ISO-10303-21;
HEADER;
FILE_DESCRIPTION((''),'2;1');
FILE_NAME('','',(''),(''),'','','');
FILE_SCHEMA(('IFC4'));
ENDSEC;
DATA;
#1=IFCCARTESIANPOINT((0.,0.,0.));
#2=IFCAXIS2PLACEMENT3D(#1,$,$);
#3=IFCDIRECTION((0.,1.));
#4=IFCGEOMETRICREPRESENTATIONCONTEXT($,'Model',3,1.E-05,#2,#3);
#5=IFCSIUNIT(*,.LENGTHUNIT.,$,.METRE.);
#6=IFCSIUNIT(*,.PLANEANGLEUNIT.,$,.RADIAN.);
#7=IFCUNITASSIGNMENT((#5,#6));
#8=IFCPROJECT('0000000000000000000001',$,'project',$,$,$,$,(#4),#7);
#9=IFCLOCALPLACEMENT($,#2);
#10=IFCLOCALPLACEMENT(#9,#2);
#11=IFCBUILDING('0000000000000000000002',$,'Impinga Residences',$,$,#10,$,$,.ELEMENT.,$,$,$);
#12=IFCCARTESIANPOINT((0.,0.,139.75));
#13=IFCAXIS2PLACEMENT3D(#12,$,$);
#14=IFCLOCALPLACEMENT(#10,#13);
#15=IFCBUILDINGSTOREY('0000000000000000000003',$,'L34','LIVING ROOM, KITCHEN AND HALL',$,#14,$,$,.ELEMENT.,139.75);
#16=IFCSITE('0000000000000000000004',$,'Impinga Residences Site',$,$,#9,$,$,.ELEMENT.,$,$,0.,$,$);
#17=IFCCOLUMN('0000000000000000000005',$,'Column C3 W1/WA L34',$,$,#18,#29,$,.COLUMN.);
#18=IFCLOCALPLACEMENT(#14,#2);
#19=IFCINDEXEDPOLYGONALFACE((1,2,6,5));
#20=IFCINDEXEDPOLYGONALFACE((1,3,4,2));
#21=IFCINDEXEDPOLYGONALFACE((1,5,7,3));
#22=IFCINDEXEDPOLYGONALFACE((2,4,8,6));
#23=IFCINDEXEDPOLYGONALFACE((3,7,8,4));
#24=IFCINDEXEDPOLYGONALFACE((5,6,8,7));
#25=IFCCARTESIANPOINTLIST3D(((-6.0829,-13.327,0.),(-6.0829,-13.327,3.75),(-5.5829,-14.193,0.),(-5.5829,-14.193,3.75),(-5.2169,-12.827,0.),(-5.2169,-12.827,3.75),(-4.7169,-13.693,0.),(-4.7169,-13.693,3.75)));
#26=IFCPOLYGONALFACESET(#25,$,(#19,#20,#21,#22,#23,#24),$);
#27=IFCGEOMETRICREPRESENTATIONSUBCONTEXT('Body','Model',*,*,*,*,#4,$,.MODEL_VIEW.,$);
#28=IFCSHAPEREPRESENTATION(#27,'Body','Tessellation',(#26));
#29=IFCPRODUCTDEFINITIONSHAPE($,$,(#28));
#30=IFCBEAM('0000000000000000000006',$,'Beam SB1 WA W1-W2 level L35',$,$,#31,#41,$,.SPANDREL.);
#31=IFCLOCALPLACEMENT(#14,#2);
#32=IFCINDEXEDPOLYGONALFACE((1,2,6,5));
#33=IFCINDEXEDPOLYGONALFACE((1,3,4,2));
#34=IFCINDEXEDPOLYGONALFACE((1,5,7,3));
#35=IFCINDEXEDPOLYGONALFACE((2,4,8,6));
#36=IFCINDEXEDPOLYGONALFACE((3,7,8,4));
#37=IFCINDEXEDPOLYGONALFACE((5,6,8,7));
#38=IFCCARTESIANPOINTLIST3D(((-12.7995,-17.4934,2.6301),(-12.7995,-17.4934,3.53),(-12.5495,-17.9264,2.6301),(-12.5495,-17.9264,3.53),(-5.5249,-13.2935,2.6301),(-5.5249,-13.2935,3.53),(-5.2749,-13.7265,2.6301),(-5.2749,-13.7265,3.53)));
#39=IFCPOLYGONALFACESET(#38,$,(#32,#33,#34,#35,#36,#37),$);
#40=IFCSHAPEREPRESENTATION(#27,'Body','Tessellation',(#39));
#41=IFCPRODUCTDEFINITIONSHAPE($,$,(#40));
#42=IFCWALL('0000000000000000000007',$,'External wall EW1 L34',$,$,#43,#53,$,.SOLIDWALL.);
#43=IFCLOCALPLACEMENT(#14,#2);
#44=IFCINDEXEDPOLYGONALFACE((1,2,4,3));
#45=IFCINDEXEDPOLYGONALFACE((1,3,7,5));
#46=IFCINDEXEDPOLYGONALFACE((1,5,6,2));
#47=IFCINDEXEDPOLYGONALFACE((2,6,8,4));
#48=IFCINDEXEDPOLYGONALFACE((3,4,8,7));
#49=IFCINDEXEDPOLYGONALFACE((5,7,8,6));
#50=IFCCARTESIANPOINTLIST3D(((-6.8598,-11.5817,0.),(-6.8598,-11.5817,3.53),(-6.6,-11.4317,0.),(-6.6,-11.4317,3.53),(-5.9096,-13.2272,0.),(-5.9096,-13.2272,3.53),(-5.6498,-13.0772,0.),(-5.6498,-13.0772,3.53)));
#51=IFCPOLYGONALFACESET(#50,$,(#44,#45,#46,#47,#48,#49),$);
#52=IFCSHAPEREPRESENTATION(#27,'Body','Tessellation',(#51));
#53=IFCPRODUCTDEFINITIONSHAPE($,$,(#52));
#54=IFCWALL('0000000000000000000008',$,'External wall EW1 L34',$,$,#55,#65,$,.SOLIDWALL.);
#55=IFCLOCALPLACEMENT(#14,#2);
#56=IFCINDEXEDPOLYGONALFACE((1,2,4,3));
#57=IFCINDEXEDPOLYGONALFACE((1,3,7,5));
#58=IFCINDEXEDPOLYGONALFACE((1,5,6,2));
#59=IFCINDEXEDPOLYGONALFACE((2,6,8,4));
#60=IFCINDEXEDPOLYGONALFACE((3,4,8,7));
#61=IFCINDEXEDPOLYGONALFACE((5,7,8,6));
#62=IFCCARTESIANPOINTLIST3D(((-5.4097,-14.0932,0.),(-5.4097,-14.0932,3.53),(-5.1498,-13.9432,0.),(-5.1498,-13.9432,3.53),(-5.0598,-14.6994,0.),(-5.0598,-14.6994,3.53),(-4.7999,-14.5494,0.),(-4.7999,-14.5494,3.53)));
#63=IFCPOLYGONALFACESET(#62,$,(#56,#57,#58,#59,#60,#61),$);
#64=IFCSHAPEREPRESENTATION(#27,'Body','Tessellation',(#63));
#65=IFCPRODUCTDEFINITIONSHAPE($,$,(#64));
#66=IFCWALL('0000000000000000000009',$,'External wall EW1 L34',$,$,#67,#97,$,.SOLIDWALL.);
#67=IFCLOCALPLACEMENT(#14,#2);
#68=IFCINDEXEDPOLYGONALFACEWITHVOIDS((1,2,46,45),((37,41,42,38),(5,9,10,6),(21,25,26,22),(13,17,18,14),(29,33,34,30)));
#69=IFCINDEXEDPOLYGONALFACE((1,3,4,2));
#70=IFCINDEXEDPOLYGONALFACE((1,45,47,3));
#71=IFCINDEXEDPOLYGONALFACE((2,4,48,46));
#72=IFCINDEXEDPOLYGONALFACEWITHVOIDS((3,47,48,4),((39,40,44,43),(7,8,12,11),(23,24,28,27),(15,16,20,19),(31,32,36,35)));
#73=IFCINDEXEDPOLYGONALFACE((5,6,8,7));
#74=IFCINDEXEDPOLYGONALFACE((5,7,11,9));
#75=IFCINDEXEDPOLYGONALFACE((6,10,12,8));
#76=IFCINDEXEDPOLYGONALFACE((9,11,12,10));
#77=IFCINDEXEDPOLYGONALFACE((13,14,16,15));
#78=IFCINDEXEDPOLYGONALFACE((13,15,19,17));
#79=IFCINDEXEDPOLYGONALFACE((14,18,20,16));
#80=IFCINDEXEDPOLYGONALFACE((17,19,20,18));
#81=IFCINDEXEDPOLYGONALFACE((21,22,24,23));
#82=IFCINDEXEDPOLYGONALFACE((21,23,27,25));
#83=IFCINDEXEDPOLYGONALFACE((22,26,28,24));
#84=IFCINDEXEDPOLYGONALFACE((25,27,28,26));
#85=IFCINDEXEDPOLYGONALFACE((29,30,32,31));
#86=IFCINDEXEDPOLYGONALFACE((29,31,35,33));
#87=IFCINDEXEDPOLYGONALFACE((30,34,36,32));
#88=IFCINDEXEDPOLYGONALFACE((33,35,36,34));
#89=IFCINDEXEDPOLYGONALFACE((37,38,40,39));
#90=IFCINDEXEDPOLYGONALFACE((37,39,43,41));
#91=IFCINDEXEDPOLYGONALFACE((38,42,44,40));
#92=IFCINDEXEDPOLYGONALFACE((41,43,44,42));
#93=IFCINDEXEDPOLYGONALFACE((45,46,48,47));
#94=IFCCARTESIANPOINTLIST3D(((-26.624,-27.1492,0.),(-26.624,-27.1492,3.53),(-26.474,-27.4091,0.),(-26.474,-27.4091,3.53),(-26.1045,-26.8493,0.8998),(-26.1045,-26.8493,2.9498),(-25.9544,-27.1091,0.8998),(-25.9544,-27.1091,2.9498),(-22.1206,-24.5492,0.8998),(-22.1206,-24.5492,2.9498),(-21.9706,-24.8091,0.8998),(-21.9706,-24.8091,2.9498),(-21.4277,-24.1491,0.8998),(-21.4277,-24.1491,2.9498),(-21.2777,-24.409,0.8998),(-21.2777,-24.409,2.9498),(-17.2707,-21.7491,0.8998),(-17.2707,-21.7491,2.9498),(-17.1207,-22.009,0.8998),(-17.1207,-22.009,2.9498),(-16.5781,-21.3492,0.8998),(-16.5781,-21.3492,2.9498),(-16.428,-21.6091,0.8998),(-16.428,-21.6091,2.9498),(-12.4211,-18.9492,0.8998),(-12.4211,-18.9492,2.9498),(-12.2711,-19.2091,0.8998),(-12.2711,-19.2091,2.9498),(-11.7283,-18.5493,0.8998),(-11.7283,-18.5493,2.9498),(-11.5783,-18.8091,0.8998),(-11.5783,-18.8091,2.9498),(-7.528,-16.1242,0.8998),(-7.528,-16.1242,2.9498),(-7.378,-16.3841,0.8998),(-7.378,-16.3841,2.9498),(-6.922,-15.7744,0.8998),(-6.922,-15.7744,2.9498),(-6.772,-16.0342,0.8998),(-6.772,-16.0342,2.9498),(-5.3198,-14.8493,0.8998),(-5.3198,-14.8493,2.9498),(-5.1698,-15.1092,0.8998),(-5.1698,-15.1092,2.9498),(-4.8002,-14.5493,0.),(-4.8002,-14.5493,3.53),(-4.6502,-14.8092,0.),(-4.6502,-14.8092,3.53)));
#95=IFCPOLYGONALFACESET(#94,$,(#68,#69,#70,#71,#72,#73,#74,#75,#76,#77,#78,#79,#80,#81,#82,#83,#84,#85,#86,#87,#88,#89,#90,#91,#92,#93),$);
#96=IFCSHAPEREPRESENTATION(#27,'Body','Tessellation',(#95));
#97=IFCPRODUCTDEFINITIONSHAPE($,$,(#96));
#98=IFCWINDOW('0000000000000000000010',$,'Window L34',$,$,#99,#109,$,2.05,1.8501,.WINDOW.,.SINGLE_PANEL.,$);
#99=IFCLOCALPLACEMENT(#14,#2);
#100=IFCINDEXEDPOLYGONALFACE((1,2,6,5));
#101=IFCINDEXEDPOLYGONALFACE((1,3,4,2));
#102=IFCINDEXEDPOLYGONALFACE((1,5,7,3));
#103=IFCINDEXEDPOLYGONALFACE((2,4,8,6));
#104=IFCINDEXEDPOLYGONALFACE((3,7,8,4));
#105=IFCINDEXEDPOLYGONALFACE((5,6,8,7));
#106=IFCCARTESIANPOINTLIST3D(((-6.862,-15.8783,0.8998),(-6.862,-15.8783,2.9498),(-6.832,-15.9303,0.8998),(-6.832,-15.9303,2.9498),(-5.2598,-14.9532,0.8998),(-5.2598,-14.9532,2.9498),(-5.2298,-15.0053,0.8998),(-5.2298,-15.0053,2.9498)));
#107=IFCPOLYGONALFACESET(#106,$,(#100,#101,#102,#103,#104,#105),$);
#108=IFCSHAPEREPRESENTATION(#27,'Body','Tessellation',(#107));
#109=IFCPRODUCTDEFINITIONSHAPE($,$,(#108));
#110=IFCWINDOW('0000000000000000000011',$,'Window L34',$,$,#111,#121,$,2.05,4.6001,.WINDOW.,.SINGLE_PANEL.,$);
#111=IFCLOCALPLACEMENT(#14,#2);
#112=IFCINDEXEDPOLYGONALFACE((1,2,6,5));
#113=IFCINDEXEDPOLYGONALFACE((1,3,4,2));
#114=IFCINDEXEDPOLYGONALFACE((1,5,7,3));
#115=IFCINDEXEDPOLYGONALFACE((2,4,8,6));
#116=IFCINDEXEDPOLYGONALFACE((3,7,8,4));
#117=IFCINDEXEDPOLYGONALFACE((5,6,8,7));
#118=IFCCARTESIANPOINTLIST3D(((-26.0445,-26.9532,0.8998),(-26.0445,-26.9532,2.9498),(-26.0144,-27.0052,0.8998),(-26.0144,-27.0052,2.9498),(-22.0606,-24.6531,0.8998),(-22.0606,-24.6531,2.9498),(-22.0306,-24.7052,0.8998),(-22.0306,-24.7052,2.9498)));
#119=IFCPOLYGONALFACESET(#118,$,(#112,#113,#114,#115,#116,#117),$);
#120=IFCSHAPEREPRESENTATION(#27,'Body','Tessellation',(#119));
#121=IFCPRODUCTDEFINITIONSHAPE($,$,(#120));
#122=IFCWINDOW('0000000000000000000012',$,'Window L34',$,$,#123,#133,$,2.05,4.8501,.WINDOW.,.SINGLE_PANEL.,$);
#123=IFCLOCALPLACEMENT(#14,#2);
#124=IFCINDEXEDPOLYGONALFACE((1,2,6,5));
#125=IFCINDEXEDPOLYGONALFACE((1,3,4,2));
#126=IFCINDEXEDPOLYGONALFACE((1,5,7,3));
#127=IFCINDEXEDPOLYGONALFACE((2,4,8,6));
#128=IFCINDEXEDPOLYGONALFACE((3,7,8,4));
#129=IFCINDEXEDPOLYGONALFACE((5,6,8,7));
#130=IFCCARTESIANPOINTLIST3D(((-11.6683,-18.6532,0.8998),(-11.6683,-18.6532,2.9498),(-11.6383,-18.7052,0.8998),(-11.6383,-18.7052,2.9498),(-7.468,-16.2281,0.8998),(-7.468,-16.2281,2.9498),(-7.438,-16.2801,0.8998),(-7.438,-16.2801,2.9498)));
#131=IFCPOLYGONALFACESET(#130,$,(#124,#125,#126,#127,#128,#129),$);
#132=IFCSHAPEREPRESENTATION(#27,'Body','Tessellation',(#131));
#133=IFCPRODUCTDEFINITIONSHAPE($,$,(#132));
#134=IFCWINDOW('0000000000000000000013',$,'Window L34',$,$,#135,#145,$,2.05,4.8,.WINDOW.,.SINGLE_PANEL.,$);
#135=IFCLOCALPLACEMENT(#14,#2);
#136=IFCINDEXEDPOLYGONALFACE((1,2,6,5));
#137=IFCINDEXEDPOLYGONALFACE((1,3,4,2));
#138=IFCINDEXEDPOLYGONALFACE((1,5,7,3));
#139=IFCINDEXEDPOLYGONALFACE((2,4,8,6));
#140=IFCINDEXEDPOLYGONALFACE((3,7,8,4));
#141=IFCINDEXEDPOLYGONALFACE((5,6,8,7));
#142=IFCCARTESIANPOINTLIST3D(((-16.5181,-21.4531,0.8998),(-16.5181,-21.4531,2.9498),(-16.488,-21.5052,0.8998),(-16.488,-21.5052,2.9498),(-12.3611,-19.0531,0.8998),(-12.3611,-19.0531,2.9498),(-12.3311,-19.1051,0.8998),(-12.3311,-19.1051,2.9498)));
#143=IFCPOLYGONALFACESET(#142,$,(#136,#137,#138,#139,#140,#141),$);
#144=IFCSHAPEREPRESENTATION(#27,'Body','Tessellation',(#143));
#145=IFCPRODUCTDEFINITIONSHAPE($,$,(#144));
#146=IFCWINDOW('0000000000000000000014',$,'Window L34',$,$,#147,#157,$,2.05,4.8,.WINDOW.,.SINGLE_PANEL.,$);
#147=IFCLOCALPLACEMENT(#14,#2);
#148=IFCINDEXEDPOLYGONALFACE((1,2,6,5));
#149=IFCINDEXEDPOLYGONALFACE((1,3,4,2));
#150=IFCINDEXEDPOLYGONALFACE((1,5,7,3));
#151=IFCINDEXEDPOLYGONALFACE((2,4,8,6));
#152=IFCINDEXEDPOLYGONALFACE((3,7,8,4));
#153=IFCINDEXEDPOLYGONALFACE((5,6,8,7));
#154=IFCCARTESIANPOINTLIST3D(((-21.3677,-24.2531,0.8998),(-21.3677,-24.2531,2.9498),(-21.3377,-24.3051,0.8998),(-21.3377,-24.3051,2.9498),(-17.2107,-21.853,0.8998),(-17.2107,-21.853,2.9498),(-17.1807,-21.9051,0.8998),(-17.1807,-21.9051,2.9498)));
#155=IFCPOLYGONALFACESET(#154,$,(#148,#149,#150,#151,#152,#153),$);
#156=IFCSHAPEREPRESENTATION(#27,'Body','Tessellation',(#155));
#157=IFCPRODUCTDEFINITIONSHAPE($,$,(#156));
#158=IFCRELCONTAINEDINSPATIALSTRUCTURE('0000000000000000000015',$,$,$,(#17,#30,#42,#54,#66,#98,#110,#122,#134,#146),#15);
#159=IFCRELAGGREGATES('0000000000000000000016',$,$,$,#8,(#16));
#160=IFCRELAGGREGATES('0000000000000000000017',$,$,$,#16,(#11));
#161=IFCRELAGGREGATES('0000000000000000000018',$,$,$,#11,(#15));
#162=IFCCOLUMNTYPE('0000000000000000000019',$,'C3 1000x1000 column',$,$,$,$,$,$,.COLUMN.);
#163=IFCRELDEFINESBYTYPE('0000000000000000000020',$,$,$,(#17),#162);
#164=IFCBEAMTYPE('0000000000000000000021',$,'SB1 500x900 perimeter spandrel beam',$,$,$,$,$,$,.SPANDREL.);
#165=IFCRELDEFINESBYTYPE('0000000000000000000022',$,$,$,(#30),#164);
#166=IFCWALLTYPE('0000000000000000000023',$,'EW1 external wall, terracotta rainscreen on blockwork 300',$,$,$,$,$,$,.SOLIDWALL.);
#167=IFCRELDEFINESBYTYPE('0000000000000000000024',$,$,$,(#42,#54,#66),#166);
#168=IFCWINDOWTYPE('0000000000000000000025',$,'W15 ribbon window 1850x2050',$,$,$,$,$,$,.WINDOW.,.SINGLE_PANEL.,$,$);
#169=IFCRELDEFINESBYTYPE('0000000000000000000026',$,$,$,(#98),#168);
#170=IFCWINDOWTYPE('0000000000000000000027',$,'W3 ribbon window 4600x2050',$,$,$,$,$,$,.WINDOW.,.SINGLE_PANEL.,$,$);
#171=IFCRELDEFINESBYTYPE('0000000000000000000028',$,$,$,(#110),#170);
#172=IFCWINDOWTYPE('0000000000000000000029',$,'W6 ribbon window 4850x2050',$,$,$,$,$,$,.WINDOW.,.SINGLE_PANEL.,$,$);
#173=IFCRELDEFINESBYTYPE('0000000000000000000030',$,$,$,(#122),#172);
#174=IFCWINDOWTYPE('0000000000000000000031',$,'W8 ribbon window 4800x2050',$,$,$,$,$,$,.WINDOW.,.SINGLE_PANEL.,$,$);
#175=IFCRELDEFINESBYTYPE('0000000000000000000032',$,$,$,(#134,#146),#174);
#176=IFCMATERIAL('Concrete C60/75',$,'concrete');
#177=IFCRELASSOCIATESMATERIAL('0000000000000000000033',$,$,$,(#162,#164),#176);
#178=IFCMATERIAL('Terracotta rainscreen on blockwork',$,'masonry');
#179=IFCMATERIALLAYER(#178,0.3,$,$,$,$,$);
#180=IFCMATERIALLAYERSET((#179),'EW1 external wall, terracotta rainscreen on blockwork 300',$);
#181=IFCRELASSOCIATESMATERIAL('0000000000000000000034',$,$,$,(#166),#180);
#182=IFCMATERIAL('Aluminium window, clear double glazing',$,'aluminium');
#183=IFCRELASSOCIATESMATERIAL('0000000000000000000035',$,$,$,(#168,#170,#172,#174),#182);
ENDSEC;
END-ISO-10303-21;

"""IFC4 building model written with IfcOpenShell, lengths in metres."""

from ifc_helpers import new_model, si_unit, direction, frame, frame_2d, origin, origin_2d, place, context, subcontext, project, spatial, rectangle, extrude, material, layer, layer_set, material_profile, profile_set, type_object, element, fill, save


model = new_model("IFC4")

# Units and contexts
model_context = context("Model", 3, precision=1e-05, world=origin(), true_north=direction((0.0, 1.0)))
body_context = subcontext(model_context, "Body", "Model", "MODEL_VIEW")
ifc_project = project(units=[si_unit("LENGTHUNIT", "METRE"), si_unit("PLANEANGLEUNIT", "RADIAN")], contexts=[model_context])

# Site, building, storey
site_placement = place(None, origin())
site = spatial("IfcSite", under=ifc_project, at=site_placement, Name="Impinga Residences Site", CompositionType="ELEMENT", RefElevation=0.0)
building_placement = place(site_placement, origin())
building = spatial("IfcBuilding", under=site, at=building_placement, Name="Impinga Residences", CompositionType="ELEMENT")
storey_placement = place(building_placement, frame((0.0, 0.0, 139.75)))
storey = spatial("IfcBuildingStorey", under=building, at=storey_placement, Name="L34", Description="LIVING ROOM, KITCHEN AND HALL", CompositionType="ELEMENT", Elevation=139.75)

# Column
ifc_material_1 = material(Name="Concrete C60/75", Category="concrete")
ifc_material_profile_1 = material_profile(ifc_material_1, rectangle(XDim=1.0, YDim=1.0, at=origin_2d()), Name="RC 1000x1000")
ifc_profile_set_1 = profile_set([ifc_material_profile_1], Name="Concrete C60/75")
column_type = type_object("IfcColumnType", Name="C3 1000x1000 column", PredefinedType="COLUMN", material=ifc_profile_set_1)
column_placement = place(storey_placement, frame((-5.3999, -13.51, 0.0), z_axis=(0.0, 0.0, 1.0), x_axis=(-0.5, 0.866025, 0.0)))
element("IfcColumn", 1, at=column_placement, inside=storey, type_object=column_type, Name="Column C3 W1/WA L34", PredefinedType="COLUMN", context=body_context, shape_type="SweptSolid", body=[
    extrude(rectangle(XDim=1.0, YDim=1.0, at=origin_2d()), origin(), (0.0, 0.0, 1.0), 3.75),
])

# Beam
ifc_material_profile_2 = material_profile(ifc_material_1, rectangle(XDim=0.5, YDim=0.8999, at=origin_2d()), Name="RC 500x900")
ifc_profile_set_2 = profile_set([ifc_material_profile_2], Name="Concrete C60/75")
beam_type = type_object("IfcBeamType", Name="SB1 500x900 perimeter spandrel beam", PredefinedType="SPANDREL", material=ifc_profile_set_2)
beam_placement = place(storey_placement, frame((-5.3999, -13.51, 3.0801), z_axis=(-0.866029, -0.499993, 0.0), x_axis=(0.499993, -0.866029, 0.0)))
element("IfcBeam", 2, at=beam_placement, inside=storey, type_object=beam_type, Name="Beam SB1 WA W1-W2 level L35", PredefinedType="SPANDREL", context=body_context, shape_type="SweptSolid", body=[
    extrude(rectangle(XDim=0.5, YDim=0.8999, at=origin_2d()), origin(), (0.0, 0.0, 1.0), 8.3999),
])

# Walls
ifc_material_2 = material(Name="Terracotta rainscreen on blockwork", Category="masonry")
ifc_layer_1 = layer(ifc_material_2, 0.3)
ifc_layer_set_1 = layer_set([ifc_layer_1], Name="EW1 external wall, terracotta rainscreen on blockwork 300")
wall_type_1 = type_object("IfcWallType", Name="EW1 external wall, terracotta rainscreen on blockwork 300", PredefinedType="SOLIDWALL", material=ifc_layer_set_1)
wall_1_placement = place(storey_placement, frame((-6.73, -11.5066, 0.0), z_axis=(0.0, 0.0, 1.0), x_axis=(0.500064, -0.865989, 0.0)))
element("IfcWall", 3, at=wall_1_placement, inside=storey, type_object=wall_type_1, Name="External wall EW1 L34", PredefinedType="SOLIDWALL", context=body_context, shape_type="SweptSolid", body=[
    extrude(rectangle(XDim=1.9001, YDim=0.3, at=frame_2d((0.9502, 0.0))), origin(), (0.0, 0.0, 1.0), 3.53),
])
wall_2_placement = place(storey_placement, frame((-5.2798, -14.0181, 0.0), z_axis=(0.0, 0.0, 1.0), x_axis=(0.499853, -0.86611, 0.0)))
element("IfcWall", 4, at=wall_2_placement, inside=storey, type_object=wall_type_1, Name="External wall EW1 L34", PredefinedType="SOLIDWALL", context=body_context, shape_type="SweptSolid", body=[
    extrude(rectangle(XDim=0.7, YDim=0.3, at=frame_2d((0.3501, 0.0))), origin(), (0.0, 0.0, 1.0), 3.53),
])

# Wall, openings, windows
wall_3_placement = place(storey_placement, frame((-4.7251, -14.6792, 0.0), z_axis=(0.0, 0.0, 1.0), x_axis=(-0.866027, -0.499998, 0.0)))
wall_3 = element("IfcWall", 5, at=wall_3_placement, inside=storey, type_object=wall_type_1, Name="External wall EW1 L34", PredefinedType="SOLIDWALL", context=body_context, shape_type="SweptSolid", body=[
    extrude(rectangle(XDim=25.2, YDim=0.3, at=frame_2d((12.6001, 0.0))), origin(), (0.0, 0.0, 1.0), 3.53),
])
opening_1_placement = place(wall_3_placement, frame((0.6001, 0.0, 0.8999)))
opening_1 = element("IfcOpeningElement", 6, at=opening_1_placement, cuts=wall_3, PredefinedType="OPENING", context=body_context, shape_type="SweptSolid", body=[
    extrude(rectangle(XDim=1.8501, YDim=2.05, at=frame_2d((0.925, 1.0249))), frame((0.0, 0.1599, 0.0), z_axis=(0.0, -1.0, 0.0), x_axis=(1.0, 0.0, 0.0)), (0.0, 0.0, 1.0), 0.3201),
])
opening_2_placement = place(wall_3_placement, frame((3.1499, 0.0, 0.8999)))
opening_2 = element("IfcOpeningElement", 7, at=opening_2_placement, cuts=wall_3, PredefinedType="OPENING", context=body_context, shape_type="SweptSolid", body=[
    extrude(rectangle(XDim=4.8501, YDim=2.05, at=frame_2d((2.425, 1.0249))), frame((0.0, 0.1599, 0.0), z_axis=(0.0, -1.0, 0.0), x_axis=(1.0, 0.0, 0.0)), (0.0, 0.0, 1.0), 0.3201),
])
opening_3_placement = place(wall_3_placement, frame((8.8, 0.0, 0.8999)))
opening_3 = element("IfcOpeningElement", 8, at=opening_3_placement, cuts=wall_3, PredefinedType="OPENING", context=body_context, shape_type="SweptSolid", body=[
    extrude(rectangle(XDim=4.8, YDim=2.05, at=frame_2d((2.3999, 1.0249))), frame((0.0, 0.1599, 0.0), z_axis=(0.0, -1.0, 0.0), x_axis=(1.0, 0.0, 0.0)), (0.0, 0.0, 1.0), 0.3201),
])
opening_4_placement = place(wall_3_placement, frame((14.3999, 0.0, 0.8999)))
opening_4 = element("IfcOpeningElement", 9, at=opening_4_placement, cuts=wall_3, PredefinedType="OPENING", context=body_context, shape_type="SweptSolid", body=[
    extrude(rectangle(XDim=4.8, YDim=2.05, at=frame_2d((2.3999, 1.0249))), frame((0.0, 0.1599, 0.0), z_axis=(0.0, -1.0, 0.0), x_axis=(1.0, 0.0, 0.0)), (0.0, 0.0, 1.0), 0.3201),
])
opening_5_placement = place(wall_3_placement, frame((20.0, 0.0, 0.8999)))
opening_5 = element("IfcOpeningElement", 10, at=opening_5_placement, cuts=wall_3, PredefinedType="OPENING", context=body_context, shape_type="SweptSolid", body=[
    extrude(rectangle(XDim=4.6001, YDim=2.05, at=frame_2d((2.3, 1.0249))), frame((0.0, 0.1599, 0.0), z_axis=(0.0, -1.0, 0.0), x_axis=(1.0, 0.0, 0.0)), (0.0, 0.0, 1.0), 0.3201),
])
ifc_material_3 = material(Name="Aluminium window, clear double glazing", Category="aluminium")
window_type_1 = type_object("IfcWindowType", Name="W15 ribbon window 1850x2050", PartitioningType="SINGLE_PANEL", PredefinedType="WINDOW", material=ifc_material_3)
window_1_placement = place(opening_1_placement, origin())
window_1 = element("IfcWindow", 11, at=window_1_placement, inside=storey, type_object=window_type_1, Name="Window L34", OverallHeight=2.05, OverallWidth=1.8501, PartitioningType="SINGLE_PANEL", PredefinedType="WINDOW", context=body_context, shape_type="SweptSolid", body=[
    extrude(rectangle(XDim=1.8501, YDim=2.05, at=frame_2d((0.925, 1.0249))), frame((0.0, 0.03, 0.0), z_axis=(0.0, -1.0, 0.0), x_axis=(1.0, 0.0, 0.0)), (0.0, 0.0, 1.0), 0.0601),
])
fill(opening_1, window_1)
window_type_2 = type_object("IfcWindowType", Name="W3 ribbon window 4600x2050", PartitioningType="SINGLE_PANEL", PredefinedType="WINDOW", material=ifc_material_3)
window_2_placement = place(opening_5_placement, origin())
window_2 = element("IfcWindow", 12, at=window_2_placement, inside=storey, type_object=window_type_2, Name="Window L34", OverallHeight=2.05, OverallWidth=4.6001, PartitioningType="SINGLE_PANEL", PredefinedType="WINDOW", context=body_context, shape_type="SweptSolid", body=[
    extrude(rectangle(XDim=4.6001, YDim=2.05, at=frame_2d((2.3, 1.0249))), frame((0.0, 0.03, 0.0), z_axis=(0.0, -1.0, 0.0), x_axis=(1.0, 0.0, 0.0)), (0.0, 0.0, 1.0), 0.0601),
])
fill(opening_5, window_2)
window_type_3 = type_object("IfcWindowType", Name="W6 ribbon window 4850x2050", PartitioningType="SINGLE_PANEL", PredefinedType="WINDOW", material=ifc_material_3)
window_3_placement = place(opening_2_placement, origin())
window_3 = element("IfcWindow", 13, at=window_3_placement, inside=storey, type_object=window_type_3, Name="Window L34", OverallHeight=2.05, OverallWidth=4.8501, PartitioningType="SINGLE_PANEL", PredefinedType="WINDOW", context=body_context, shape_type="SweptSolid", body=[
    extrude(rectangle(XDim=4.8501, YDim=2.05, at=frame_2d((2.425, 1.0249))), frame((0.0, 0.03, 0.0), z_axis=(0.0, -1.0, 0.0), x_axis=(1.0, 0.0, 0.0)), (0.0, 0.0, 1.0), 0.0601),
])
fill(opening_2, window_3)
window_type_4 = type_object("IfcWindowType", Name="W8 ribbon window 4800x2050", PartitioningType="SINGLE_PANEL", PredefinedType="WINDOW", material=ifc_material_3)
window_4_placement = place(opening_3_placement, origin())
window_4 = element("IfcWindow", 14, at=window_4_placement, inside=storey, type_object=window_type_4, Name="Window L34", OverallHeight=2.05, OverallWidth=4.8, PartitioningType="SINGLE_PANEL", PredefinedType="WINDOW", context=body_context, shape_type="SweptSolid", body=[
    extrude(rectangle(XDim=4.8, YDim=2.05, at=frame_2d((2.3999, 1.0249))), frame((0.0, 0.03, 0.0), z_axis=(0.0, -1.0, 0.0), x_axis=(1.0, 0.0, 0.0)), (0.0, 0.0, 1.0), 0.0601),
])
fill(opening_3, window_4)
window_5_placement = place(opening_4_placement, origin())
window_5 = element("IfcWindow", 15, at=window_5_placement, inside=storey, type_object=window_type_4, Name="Window L34", OverallHeight=2.05, OverallWidth=4.8, PartitioningType="SINGLE_PANEL", PredefinedType="WINDOW", context=body_context, shape_type="SweptSolid", body=[
    extrude(rectangle(XDim=4.8, YDim=2.05, at=frame_2d((2.3999, 1.0249))), frame((0.0, 0.03, 0.0), z_axis=(0.0, -1.0, 0.0), x_axis=(1.0, 0.0, 0.0)), (0.0, 0.0, 1.0), 0.0601),
])
fill(opening_4, window_5)

save(model, "model.ifc")
